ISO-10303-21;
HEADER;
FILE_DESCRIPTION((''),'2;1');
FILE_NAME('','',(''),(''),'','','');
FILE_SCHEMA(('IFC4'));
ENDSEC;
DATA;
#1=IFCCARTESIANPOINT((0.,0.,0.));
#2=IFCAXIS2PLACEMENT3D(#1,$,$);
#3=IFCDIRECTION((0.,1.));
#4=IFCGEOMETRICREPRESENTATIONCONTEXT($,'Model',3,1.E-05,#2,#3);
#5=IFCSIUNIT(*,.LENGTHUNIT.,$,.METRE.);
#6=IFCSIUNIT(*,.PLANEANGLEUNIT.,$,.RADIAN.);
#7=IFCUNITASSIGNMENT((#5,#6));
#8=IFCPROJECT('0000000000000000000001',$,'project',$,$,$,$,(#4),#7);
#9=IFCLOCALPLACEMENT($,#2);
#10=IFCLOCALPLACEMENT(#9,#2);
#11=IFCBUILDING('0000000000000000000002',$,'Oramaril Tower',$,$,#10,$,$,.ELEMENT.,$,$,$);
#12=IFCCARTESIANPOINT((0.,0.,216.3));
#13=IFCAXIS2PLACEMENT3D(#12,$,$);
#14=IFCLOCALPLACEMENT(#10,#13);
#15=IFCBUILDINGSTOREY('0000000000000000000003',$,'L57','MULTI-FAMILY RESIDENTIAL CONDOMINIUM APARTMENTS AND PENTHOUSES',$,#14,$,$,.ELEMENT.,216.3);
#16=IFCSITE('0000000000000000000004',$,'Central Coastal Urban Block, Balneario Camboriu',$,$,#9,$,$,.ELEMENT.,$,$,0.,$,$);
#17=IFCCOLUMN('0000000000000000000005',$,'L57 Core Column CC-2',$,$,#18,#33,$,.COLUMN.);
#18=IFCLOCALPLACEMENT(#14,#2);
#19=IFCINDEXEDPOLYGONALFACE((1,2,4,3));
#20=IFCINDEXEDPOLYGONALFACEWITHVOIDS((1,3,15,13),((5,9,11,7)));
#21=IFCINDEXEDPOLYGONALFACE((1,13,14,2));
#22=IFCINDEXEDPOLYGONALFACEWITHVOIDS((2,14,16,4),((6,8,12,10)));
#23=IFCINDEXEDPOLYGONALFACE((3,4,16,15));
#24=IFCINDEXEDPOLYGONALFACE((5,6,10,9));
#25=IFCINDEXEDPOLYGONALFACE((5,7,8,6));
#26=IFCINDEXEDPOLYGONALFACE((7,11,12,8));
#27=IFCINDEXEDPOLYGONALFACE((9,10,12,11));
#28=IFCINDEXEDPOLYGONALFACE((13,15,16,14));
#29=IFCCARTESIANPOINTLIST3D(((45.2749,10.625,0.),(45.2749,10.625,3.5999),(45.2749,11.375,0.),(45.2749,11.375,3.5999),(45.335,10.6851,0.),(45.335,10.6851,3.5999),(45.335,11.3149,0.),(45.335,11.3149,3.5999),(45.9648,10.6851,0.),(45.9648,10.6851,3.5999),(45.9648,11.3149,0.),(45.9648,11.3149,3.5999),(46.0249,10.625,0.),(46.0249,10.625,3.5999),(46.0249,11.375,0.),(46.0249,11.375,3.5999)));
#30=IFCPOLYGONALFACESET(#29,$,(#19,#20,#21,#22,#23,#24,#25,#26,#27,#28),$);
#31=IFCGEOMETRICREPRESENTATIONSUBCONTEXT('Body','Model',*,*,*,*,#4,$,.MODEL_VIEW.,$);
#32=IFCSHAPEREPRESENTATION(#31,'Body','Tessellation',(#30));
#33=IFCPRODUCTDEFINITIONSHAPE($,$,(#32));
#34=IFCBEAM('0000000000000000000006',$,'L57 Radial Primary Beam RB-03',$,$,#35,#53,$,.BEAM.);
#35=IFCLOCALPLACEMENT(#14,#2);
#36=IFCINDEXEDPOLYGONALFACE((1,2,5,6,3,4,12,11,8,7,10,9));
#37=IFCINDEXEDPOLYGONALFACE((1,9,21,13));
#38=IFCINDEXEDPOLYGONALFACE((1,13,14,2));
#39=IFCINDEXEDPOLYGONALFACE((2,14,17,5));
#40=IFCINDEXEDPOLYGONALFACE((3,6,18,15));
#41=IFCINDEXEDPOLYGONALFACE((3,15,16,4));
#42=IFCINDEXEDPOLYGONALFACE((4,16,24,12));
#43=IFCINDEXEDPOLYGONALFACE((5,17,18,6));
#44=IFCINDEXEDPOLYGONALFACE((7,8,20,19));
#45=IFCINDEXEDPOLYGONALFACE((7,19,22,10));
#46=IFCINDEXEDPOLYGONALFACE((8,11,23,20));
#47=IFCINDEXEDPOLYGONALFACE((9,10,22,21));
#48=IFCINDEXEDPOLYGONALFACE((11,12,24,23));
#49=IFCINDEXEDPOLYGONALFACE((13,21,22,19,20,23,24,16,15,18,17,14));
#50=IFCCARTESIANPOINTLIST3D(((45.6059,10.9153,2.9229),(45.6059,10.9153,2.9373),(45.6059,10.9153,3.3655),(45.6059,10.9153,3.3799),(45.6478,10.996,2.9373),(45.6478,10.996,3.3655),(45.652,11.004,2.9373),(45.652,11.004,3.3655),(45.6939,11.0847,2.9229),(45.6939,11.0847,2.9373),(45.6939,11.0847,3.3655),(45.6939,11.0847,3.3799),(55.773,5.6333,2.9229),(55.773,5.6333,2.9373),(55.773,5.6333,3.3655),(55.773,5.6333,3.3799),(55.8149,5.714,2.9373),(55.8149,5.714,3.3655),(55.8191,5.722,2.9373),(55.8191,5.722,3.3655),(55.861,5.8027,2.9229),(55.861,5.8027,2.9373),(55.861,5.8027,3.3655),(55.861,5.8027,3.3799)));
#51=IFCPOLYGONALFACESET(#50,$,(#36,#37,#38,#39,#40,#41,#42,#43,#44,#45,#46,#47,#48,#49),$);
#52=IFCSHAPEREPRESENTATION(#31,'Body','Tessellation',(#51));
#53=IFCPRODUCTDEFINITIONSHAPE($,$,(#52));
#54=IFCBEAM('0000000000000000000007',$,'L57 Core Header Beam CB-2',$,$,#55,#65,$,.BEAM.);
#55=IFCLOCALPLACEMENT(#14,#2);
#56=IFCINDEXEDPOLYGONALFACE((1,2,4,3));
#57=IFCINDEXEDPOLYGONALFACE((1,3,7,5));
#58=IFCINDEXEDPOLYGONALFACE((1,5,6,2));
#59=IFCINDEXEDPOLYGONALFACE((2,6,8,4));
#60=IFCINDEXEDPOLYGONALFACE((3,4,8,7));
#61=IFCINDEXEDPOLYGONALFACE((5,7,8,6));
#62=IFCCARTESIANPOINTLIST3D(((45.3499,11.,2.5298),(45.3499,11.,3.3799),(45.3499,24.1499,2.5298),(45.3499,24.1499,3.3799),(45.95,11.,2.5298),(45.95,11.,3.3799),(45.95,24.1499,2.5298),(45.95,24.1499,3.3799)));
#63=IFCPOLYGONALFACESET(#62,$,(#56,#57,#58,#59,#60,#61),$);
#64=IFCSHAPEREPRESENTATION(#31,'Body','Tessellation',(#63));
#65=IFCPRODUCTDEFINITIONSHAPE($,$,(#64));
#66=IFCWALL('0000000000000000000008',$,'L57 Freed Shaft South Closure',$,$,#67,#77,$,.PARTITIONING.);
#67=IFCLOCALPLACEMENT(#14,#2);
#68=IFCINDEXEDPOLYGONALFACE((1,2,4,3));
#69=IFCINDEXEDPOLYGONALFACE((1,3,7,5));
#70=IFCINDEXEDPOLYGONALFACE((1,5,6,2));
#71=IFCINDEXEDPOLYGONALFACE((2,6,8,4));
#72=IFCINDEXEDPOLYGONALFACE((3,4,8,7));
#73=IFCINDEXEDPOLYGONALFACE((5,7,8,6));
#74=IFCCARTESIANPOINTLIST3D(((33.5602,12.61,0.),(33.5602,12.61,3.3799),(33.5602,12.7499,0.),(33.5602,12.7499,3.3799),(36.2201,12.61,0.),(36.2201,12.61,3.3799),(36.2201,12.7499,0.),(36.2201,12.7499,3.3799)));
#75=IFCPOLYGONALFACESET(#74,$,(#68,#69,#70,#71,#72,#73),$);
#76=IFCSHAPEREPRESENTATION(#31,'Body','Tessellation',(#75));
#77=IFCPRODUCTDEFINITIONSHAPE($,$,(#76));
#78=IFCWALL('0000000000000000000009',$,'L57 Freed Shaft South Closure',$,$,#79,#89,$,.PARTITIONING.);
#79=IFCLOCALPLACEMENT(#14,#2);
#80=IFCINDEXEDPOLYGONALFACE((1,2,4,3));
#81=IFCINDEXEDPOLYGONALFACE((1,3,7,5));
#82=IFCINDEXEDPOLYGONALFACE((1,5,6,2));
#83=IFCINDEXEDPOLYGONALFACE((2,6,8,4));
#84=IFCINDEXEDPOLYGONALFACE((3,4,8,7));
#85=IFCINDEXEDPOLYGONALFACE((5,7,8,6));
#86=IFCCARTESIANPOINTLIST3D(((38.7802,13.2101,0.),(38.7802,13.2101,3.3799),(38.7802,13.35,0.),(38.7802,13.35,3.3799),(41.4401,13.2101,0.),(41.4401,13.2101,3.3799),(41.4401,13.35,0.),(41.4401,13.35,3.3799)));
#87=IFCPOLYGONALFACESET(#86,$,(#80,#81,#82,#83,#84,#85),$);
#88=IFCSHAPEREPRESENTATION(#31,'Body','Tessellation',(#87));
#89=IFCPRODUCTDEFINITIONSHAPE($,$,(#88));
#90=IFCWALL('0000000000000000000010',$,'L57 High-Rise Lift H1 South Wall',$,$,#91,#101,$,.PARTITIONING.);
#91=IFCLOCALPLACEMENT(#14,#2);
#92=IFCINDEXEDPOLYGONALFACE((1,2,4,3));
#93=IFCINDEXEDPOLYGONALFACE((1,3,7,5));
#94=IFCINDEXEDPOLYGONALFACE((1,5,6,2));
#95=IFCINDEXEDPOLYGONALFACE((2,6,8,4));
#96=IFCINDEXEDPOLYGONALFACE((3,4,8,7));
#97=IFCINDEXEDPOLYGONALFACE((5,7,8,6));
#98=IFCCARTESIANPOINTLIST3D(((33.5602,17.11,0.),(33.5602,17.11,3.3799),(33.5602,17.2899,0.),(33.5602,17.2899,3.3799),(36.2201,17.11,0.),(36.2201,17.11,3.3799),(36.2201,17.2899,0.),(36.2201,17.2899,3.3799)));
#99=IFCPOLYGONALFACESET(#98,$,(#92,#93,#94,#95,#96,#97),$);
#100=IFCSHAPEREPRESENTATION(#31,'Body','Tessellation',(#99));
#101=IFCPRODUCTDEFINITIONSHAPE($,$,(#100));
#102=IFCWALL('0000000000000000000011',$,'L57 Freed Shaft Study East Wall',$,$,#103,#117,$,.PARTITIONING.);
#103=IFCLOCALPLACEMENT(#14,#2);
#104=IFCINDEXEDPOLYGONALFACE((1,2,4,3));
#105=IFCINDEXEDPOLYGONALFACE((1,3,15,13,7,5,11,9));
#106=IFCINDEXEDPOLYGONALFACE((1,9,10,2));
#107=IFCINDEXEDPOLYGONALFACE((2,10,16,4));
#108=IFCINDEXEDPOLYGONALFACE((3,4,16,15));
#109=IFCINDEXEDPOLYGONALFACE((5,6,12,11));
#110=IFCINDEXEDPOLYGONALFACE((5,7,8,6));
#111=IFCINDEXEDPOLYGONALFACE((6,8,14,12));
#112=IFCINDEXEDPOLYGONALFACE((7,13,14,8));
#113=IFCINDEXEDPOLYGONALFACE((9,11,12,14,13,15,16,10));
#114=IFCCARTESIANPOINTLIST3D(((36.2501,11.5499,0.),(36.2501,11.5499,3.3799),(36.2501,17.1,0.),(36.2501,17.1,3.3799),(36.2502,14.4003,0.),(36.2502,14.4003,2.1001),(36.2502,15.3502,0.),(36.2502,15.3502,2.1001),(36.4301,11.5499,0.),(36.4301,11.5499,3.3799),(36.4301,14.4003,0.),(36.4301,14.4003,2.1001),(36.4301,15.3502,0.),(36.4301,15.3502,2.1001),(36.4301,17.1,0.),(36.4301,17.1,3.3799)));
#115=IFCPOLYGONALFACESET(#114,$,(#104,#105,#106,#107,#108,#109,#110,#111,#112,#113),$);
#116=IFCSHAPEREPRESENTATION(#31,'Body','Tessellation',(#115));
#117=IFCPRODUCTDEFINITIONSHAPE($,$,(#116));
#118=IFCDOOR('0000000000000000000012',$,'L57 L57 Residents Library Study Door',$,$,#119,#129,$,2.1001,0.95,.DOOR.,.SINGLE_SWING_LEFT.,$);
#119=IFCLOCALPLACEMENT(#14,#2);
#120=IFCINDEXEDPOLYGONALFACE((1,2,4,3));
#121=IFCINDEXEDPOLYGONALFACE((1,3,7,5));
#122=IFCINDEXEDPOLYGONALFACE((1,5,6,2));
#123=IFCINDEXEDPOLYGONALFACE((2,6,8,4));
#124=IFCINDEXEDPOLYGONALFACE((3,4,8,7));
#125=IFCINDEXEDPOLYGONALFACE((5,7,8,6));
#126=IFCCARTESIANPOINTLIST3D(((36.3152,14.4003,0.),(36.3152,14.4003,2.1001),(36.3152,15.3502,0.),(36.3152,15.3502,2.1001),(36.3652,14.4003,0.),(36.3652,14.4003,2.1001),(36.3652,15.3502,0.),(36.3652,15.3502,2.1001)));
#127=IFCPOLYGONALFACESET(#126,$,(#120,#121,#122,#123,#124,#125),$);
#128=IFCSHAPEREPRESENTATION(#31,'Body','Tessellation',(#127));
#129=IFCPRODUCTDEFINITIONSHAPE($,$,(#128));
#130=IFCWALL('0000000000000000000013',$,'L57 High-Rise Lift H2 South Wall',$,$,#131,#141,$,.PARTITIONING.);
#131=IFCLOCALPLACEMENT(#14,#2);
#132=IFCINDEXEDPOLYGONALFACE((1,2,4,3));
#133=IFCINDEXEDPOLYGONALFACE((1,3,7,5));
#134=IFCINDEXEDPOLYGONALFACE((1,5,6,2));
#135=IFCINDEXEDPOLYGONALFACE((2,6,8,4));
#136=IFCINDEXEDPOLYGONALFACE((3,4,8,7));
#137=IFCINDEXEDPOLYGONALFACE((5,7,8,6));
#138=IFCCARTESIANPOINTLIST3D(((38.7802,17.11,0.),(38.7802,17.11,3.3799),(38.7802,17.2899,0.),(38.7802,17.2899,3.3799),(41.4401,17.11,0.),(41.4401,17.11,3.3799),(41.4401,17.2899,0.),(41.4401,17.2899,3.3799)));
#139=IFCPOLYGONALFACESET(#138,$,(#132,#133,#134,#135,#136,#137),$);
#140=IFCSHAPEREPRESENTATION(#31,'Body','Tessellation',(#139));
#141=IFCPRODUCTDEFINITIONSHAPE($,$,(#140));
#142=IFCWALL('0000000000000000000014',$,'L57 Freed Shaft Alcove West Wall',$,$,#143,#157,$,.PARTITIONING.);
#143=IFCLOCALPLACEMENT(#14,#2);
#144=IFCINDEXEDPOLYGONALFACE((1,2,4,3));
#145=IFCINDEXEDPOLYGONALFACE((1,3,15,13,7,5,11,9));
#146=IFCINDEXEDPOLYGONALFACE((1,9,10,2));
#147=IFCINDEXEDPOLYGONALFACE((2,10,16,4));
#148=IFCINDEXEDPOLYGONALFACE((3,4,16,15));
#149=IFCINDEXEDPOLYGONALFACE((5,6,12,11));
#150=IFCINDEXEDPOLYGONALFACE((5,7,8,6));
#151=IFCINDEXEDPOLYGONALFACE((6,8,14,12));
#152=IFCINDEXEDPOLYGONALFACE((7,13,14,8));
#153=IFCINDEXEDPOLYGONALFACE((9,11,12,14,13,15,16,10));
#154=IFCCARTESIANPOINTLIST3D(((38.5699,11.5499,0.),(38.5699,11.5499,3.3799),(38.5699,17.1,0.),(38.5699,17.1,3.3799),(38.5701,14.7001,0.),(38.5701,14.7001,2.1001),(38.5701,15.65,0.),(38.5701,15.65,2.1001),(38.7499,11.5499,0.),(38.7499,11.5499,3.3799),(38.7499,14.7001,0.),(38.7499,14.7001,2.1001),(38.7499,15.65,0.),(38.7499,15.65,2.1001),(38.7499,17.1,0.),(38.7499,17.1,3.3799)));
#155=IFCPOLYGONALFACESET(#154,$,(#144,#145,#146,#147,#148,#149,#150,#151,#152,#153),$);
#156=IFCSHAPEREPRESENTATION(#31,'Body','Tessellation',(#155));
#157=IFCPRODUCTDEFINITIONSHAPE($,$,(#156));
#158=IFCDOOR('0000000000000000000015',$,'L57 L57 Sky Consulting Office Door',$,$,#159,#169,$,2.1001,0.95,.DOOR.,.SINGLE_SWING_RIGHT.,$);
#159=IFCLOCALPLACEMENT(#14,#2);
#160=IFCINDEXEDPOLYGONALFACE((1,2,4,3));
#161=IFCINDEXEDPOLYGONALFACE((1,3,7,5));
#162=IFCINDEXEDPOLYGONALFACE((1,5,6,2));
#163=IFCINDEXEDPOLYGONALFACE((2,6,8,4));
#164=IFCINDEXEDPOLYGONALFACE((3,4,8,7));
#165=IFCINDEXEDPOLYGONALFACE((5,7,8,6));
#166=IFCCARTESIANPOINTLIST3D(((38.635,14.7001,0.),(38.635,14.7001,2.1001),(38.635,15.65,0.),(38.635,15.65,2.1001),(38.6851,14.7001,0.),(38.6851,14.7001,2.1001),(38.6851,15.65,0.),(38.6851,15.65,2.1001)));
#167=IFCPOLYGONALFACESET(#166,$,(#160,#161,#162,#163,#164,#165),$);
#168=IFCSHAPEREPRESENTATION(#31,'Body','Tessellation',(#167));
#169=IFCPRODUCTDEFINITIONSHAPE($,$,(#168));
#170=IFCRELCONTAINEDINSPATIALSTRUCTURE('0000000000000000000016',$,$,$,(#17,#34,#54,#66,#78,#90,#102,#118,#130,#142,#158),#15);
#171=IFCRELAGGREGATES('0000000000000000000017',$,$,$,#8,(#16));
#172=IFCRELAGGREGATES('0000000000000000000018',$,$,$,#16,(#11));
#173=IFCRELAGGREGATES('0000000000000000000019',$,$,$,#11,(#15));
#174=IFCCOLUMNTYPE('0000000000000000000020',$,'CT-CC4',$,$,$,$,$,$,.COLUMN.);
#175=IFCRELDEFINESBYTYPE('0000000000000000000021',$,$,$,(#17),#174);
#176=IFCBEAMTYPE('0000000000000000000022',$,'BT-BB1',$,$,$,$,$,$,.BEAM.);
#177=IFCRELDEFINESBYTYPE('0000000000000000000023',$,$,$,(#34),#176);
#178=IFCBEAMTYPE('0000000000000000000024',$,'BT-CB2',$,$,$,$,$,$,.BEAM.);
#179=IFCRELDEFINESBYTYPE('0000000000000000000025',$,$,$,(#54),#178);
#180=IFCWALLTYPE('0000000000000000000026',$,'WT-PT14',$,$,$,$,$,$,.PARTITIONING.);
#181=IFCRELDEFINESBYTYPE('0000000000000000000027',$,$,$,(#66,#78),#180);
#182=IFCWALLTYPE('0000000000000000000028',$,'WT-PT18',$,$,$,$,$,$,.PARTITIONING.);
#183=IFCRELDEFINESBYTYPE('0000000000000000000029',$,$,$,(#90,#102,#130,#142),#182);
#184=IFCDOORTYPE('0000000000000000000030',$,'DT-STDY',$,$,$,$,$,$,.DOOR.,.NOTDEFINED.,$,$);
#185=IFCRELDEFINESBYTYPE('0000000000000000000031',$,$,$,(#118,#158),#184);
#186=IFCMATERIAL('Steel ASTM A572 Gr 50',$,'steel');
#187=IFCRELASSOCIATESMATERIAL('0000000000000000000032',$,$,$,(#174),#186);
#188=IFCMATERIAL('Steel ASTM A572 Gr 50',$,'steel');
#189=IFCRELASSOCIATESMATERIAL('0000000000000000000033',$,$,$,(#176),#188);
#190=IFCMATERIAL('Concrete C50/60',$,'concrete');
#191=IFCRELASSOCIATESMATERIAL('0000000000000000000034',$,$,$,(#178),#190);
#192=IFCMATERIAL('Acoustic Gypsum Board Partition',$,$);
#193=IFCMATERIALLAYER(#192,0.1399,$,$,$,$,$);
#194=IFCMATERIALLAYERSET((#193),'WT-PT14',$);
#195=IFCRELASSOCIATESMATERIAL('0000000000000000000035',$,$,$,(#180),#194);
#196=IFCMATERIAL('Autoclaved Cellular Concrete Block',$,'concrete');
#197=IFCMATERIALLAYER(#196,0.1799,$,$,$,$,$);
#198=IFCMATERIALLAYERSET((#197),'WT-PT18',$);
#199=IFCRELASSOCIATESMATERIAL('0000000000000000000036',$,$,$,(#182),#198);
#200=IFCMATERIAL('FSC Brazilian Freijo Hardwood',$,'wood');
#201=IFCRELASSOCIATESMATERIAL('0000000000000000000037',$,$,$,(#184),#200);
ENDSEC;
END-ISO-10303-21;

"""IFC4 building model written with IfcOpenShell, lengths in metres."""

from ifc_helpers import new_model, si_unit, direction, frame, frame_2d, origin, origin_2d, place, context, subcontext, project, spatial, rectangle, hollow_rectangle, i_section, extrude, material, layer, layer_set, material_profile, profile_set, type_object, element, fill, save


model = new_model("IFC4")

# Units and contexts
model_context = context("Model", 3, precision=1e-05, world=origin(), true_north=direction((0.0, 1.0)))
body_context = subcontext(model_context, "Body", "Model", "MODEL_VIEW")
ifc_project = project(units=[si_unit("LENGTHUNIT", "METRE"), si_unit("PLANEANGLEUNIT", "RADIAN")], contexts=[model_context])

# Site, building, storey
site_placement = place(None, origin())
site = spatial("IfcSite", under=ifc_project, at=site_placement, Name="Central Coastal Urban Block, Balneario Camboriu", CompositionType="ELEMENT", RefElevation=0.0)
building_placement = place(site_placement, origin())
building = spatial("IfcBuilding", under=site, at=building_placement, Name="Oramaril Tower", CompositionType="ELEMENT")
storey_placement = place(building_placement, frame((0.0, 0.0, 216.3)))
storey = spatial("IfcBuildingStorey", under=building, at=storey_placement, Name="L57", Description="MULTI-FAMILY RESIDENTIAL CONDOMINIUM APARTMENTS AND PENTHOUSES", CompositionType="ELEMENT", Elevation=216.3)

# Column
ifc_material_1 = material(Name="Steel ASTM A572 Gr 50", Category="steel")
ifc_material_profile_1 = material_profile(ifc_material_1, hollow_rectangle(XDim=0.75, YDim=0.75, WallThickness=0.0601, at=origin_2d()), Name="BOX750X750X60")
ifc_profile_set_1 = profile_set([ifc_material_profile_1], Name="Steel ASTM A572 Gr 50")
column_type = type_object("IfcColumnType", Name="CT-CC4", PredefinedType="COLUMN", material=ifc_profile_set_1)
column_placement = place(storey_placement, frame((45.6499, 11.0, 0.0), z_axis=(0.0, 0.0, 1.0), x_axis=(1.0, 0.0, 0.0)))
element("IfcColumn", 1, at=column_placement, inside=storey, type_object=column_type, Name="L57 Core Column CC-2", PredefinedType="COLUMN", context=body_context, shape_type="SweptSolid", body=[
    extrude(hollow_rectangle(XDim=0.75, YDim=0.75, WallThickness=0.0601, at=origin_2d()), origin(), (0.0, 0.0, 1.0), 3.5999),
])

# Beams
ifc_material_2 = material(Name="Steel ASTM A572 Gr 50", Category="steel")
ifc_material_profile_2 = material_profile(ifc_material_2, i_section(OverallWidth=0.1909, OverallDepth=0.457, WebThickness=0.009, FlangeThickness=0.0144, at=origin_2d()), Name="W18X50")
ifc_profile_set_2 = profile_set([ifc_material_profile_2], Name="Steel ASTM A572 Gr 50")
beam_type_1 = type_object("IfcBeamType", Name="BT-BB1", PredefinedType="BEAM", material=ifc_profile_set_2)
beam_1_placement = place(storey_placement, frame((45.6499, 11.0, 3.1514), z_axis=(0.88739, -0.461019, 0.0), x_axis=(0.461019, 0.88739, 0.0)))
element("IfcBeam", 2, at=beam_1_placement, inside=storey, type_object=beam_type_1, Name="L57 Radial Primary Beam RB-03", PredefinedType="BEAM", context=body_context, shape_type="SweptSolid", body=[
    extrude(i_section(OverallWidth=0.1909, OverallDepth=0.457, WebThickness=0.009, FlangeThickness=0.0144, at=origin_2d()), origin(), (0.0, 0.0, 1.0), 11.4573),
])
ifc_material_3 = material(Name="Concrete C50/60", Category="concrete")
ifc_material_profile_3 = material_profile(ifc_material_3, rectangle(XDim=0.6001, YDim=0.8501, at=origin_2d()), Name="CB600X850")
ifc_profile_set_3 = profile_set([ifc_material_profile_3], Name="Concrete C50/60")
beam_type_2 = type_object("IfcBeamType", Name="BT-CB2", PredefinedType="BEAM", material=ifc_profile_set_3)
beam_2_placement = place(storey_placement, frame((45.6499, 11.0, 2.9548), z_axis=(0.0, 1.0, 0.0), x_axis=(-1.0, 0.0, 0.0)))
element("IfcBeam", 3, at=beam_2_placement, inside=storey, type_object=beam_type_2, Name="L57 Core Header Beam CB-2", PredefinedType="BEAM", context=body_context, shape_type="SweptSolid", body=[
    extrude(rectangle(XDim=0.6001, YDim=0.8501, at=origin_2d()), origin(), (0.0, 0.0, 1.0), 13.1499),
])

# Walls
ifc_material_4 = material(Name="Acoustic Gypsum Board Partition")
ifc_layer_1 = layer(ifc_material_4, 0.1399)
ifc_layer_set_1 = layer_set([ifc_layer_1], Name="WT-PT14")
wall_type_1 = type_object("IfcWallType", Name="WT-PT14", PredefinedType="PARTITIONING", material=ifc_layer_set_1)
for number, where, z_axis, x_axis, name in (
    (4, (33.5601, 12.6799, 0.0), (0.0, 0.0, 1.0), (1.0, 0.0, 0.0), "L57 Freed Shaft South Closure"),
    (5, (38.78, 13.28, 0.0), (0.0, 0.0, 1.0), (1.0, 0.0, 0.0), "L57 Freed Shaft South Closure"),
):
    element("IfcWall", number, at=place(storey_placement, frame(where, z_axis=z_axis, x_axis=x_axis)), inside=storey, type_object=wall_type_1, Name=name, PredefinedType="PARTITIONING", context=body_context, shape_type="SweptSolid", body=[
        extrude(rectangle(XDim=2.6599, YDim=0.1399, at=frame_2d((1.3301, 0.0))), origin(), (0.0, 0.0, 1.0), 3.3799),
    ])
ifc_material_5 = material(Name="Autoclaved Cellular Concrete Block", Category="concrete")
ifc_layer_2 = layer(ifc_material_5, 0.1799)
ifc_layer_set_2 = layer_set([ifc_layer_2], Name="WT-PT18")
wall_type_2 = type_object("IfcWallType", Name="WT-PT18", PredefinedType="PARTITIONING", material=ifc_layer_set_2)
wall_1_placement = place(storey_placement, frame((33.5601, 17.2, 0.0), z_axis=(0.0, 0.0, 1.0), x_axis=(1.0, 0.0, 0.0)))
element("IfcWall", 6, at=wall_1_placement, inside=storey, type_object=wall_type_2, Name="L57 High-Rise Lift H1 South Wall", PredefinedType="PARTITIONING", context=body_context, shape_type="SweptSolid", body=[
    extrude(rectangle(XDim=2.6599, YDim=0.1799, at=frame_2d((1.3301, 0.0))), origin(), (0.0, 0.0, 1.0), 3.3799),
])

# Wall, opening, door
wall_2_placement = place(storey_placement, frame((36.3401, 11.55, 0.0), z_axis=(0.0, 0.0, 1.0), x_axis=(0.0, 1.0, 0.0)))
wall_2 = element("IfcWall", 7, at=wall_2_placement, inside=storey, type_object=wall_type_2, Name="L57 Freed Shaft Study East Wall", PredefinedType="PARTITIONING", context=body_context, shape_type="SweptSolid", body=[
    extrude(rectangle(XDim=5.55, YDim=0.1799, at=frame_2d((2.7749, 0.0))), origin(), (0.0, 0.0, 1.0), 3.3799),
])
opening_1_placement = place(wall_2_placement, frame((2.8501, 0.0, 0.0)))
opening_1 = element("IfcOpeningElement", 8, at=opening_1_placement, cuts=wall_2, PredefinedType="OPENING", context=body_context, shape_type="SweptSolid", body=[
    extrude(rectangle(XDim=0.95, YDim=2.1001, at=frame_2d((0.4751, 1.05))), frame((0.0, 0.0898, 0.0), z_axis=(0.0, -1.0, 0.0), x_axis=(1.0, 0.0, 0.0)), (0.0, 0.0, 1.0), 0.1799),
])
ifc_material_6 = material(Name="FSC Brazilian Freijo Hardwood", Category="wood")
door_type_1 = type_object("IfcDoorType", Name="DT-STDY", OperationType="NOTDEFINED", PredefinedType="DOOR", material=ifc_material_6)
door_1_placement = place(opening_1_placement, origin())
door_1 = element("IfcDoor", 9, at=door_1_placement, inside=storey, type_object=door_type_1, Name="L57 L57 Residents Library Study Door", OperationType="SINGLE_SWING_LEFT", OverallHeight=2.1001, OverallWidth=0.95, PredefinedType="DOOR", context=body_context, shape_type="SweptSolid", body=[
    extrude(rectangle(XDim=0.95, YDim=2.1001, at=frame_2d((0.4751, 1.05))), frame((0.0, 0.0249, 0.0), z_axis=(0.0, -1.0, 0.0), x_axis=(1.0, 0.0, 0.0)), (0.0, 0.0, 1.0), 0.05),
])
fill(opening_1, door_1)

# Wall
wall_3_placement = place(storey_placement, frame((38.78, 17.2, 0.0), z_axis=(0.0, 0.0, 1.0), x_axis=(1.0, 0.0, 0.0)))
element("IfcWall", 10, at=wall_3_placement, inside=storey, type_object=wall_type_2, Name="L57 High-Rise Lift H2 South Wall", PredefinedType="PARTITIONING", context=body_context, shape_type="SweptSolid", body=[
    extrude(rectangle(XDim=2.6599, YDim=0.1799, at=frame_2d((1.3301, 0.0))), origin(), (0.0, 0.0, 1.0), 3.3799),
])

# Wall, opening, door
wall_4_placement = place(storey_placement, frame((38.6599, 11.55, 0.0), z_axis=(0.0, 0.0, 1.0), x_axis=(0.0, 1.0, 0.0)))
wall_4 = element("IfcWall", 11, at=wall_4_placement, inside=storey, type_object=wall_type_2, Name="L57 Freed Shaft Alcove West Wall", PredefinedType="PARTITIONING", context=body_context, shape_type="SweptSolid", body=[
    extrude(rectangle(XDim=5.55, YDim=0.1799, at=frame_2d((2.7749, 0.0))), origin(), (0.0, 0.0, 1.0), 3.3799),
])
opening_2_placement = place(wall_4_placement, frame((3.1499, 0.0, 0.0)))
opening_2 = element("IfcOpeningElement", 12, at=opening_2_placement, cuts=wall_4, PredefinedType="OPENING", context=body_context, shape_type="SweptSolid", body=[
    extrude(rectangle(XDim=0.95, YDim=2.1001, at=frame_2d((0.4751, 1.05))), frame((0.0, 0.0898, 0.0), z_axis=(0.0, -1.0, 0.0), x_axis=(1.0, 0.0, 0.0)), (0.0, 0.0, 1.0), 0.1799),
])
door_2_placement = place(opening_2_placement, origin())
door_2 = element("IfcDoor", 13, at=door_2_placement, inside=storey, type_object=door_type_1, Name="L57 L57 Sky Consulting Office Door", OperationType="SINGLE_SWING_RIGHT", OverallHeight=2.1001, OverallWidth=0.95, PredefinedType="DOOR", context=body_context, shape_type="SweptSolid", body=[
    extrude(rectangle(XDim=0.95, YDim=2.1001, at=frame_2d((0.4751, 1.05))), frame((0.0, 0.0249, 0.0), z_axis=(0.0, -1.0, 0.0), x_axis=(1.0, 0.0, 0.0)), (0.0, 0.0, 1.0), 0.05),
])
fill(opening_2, door_2)

save(model, "model.ifc")
